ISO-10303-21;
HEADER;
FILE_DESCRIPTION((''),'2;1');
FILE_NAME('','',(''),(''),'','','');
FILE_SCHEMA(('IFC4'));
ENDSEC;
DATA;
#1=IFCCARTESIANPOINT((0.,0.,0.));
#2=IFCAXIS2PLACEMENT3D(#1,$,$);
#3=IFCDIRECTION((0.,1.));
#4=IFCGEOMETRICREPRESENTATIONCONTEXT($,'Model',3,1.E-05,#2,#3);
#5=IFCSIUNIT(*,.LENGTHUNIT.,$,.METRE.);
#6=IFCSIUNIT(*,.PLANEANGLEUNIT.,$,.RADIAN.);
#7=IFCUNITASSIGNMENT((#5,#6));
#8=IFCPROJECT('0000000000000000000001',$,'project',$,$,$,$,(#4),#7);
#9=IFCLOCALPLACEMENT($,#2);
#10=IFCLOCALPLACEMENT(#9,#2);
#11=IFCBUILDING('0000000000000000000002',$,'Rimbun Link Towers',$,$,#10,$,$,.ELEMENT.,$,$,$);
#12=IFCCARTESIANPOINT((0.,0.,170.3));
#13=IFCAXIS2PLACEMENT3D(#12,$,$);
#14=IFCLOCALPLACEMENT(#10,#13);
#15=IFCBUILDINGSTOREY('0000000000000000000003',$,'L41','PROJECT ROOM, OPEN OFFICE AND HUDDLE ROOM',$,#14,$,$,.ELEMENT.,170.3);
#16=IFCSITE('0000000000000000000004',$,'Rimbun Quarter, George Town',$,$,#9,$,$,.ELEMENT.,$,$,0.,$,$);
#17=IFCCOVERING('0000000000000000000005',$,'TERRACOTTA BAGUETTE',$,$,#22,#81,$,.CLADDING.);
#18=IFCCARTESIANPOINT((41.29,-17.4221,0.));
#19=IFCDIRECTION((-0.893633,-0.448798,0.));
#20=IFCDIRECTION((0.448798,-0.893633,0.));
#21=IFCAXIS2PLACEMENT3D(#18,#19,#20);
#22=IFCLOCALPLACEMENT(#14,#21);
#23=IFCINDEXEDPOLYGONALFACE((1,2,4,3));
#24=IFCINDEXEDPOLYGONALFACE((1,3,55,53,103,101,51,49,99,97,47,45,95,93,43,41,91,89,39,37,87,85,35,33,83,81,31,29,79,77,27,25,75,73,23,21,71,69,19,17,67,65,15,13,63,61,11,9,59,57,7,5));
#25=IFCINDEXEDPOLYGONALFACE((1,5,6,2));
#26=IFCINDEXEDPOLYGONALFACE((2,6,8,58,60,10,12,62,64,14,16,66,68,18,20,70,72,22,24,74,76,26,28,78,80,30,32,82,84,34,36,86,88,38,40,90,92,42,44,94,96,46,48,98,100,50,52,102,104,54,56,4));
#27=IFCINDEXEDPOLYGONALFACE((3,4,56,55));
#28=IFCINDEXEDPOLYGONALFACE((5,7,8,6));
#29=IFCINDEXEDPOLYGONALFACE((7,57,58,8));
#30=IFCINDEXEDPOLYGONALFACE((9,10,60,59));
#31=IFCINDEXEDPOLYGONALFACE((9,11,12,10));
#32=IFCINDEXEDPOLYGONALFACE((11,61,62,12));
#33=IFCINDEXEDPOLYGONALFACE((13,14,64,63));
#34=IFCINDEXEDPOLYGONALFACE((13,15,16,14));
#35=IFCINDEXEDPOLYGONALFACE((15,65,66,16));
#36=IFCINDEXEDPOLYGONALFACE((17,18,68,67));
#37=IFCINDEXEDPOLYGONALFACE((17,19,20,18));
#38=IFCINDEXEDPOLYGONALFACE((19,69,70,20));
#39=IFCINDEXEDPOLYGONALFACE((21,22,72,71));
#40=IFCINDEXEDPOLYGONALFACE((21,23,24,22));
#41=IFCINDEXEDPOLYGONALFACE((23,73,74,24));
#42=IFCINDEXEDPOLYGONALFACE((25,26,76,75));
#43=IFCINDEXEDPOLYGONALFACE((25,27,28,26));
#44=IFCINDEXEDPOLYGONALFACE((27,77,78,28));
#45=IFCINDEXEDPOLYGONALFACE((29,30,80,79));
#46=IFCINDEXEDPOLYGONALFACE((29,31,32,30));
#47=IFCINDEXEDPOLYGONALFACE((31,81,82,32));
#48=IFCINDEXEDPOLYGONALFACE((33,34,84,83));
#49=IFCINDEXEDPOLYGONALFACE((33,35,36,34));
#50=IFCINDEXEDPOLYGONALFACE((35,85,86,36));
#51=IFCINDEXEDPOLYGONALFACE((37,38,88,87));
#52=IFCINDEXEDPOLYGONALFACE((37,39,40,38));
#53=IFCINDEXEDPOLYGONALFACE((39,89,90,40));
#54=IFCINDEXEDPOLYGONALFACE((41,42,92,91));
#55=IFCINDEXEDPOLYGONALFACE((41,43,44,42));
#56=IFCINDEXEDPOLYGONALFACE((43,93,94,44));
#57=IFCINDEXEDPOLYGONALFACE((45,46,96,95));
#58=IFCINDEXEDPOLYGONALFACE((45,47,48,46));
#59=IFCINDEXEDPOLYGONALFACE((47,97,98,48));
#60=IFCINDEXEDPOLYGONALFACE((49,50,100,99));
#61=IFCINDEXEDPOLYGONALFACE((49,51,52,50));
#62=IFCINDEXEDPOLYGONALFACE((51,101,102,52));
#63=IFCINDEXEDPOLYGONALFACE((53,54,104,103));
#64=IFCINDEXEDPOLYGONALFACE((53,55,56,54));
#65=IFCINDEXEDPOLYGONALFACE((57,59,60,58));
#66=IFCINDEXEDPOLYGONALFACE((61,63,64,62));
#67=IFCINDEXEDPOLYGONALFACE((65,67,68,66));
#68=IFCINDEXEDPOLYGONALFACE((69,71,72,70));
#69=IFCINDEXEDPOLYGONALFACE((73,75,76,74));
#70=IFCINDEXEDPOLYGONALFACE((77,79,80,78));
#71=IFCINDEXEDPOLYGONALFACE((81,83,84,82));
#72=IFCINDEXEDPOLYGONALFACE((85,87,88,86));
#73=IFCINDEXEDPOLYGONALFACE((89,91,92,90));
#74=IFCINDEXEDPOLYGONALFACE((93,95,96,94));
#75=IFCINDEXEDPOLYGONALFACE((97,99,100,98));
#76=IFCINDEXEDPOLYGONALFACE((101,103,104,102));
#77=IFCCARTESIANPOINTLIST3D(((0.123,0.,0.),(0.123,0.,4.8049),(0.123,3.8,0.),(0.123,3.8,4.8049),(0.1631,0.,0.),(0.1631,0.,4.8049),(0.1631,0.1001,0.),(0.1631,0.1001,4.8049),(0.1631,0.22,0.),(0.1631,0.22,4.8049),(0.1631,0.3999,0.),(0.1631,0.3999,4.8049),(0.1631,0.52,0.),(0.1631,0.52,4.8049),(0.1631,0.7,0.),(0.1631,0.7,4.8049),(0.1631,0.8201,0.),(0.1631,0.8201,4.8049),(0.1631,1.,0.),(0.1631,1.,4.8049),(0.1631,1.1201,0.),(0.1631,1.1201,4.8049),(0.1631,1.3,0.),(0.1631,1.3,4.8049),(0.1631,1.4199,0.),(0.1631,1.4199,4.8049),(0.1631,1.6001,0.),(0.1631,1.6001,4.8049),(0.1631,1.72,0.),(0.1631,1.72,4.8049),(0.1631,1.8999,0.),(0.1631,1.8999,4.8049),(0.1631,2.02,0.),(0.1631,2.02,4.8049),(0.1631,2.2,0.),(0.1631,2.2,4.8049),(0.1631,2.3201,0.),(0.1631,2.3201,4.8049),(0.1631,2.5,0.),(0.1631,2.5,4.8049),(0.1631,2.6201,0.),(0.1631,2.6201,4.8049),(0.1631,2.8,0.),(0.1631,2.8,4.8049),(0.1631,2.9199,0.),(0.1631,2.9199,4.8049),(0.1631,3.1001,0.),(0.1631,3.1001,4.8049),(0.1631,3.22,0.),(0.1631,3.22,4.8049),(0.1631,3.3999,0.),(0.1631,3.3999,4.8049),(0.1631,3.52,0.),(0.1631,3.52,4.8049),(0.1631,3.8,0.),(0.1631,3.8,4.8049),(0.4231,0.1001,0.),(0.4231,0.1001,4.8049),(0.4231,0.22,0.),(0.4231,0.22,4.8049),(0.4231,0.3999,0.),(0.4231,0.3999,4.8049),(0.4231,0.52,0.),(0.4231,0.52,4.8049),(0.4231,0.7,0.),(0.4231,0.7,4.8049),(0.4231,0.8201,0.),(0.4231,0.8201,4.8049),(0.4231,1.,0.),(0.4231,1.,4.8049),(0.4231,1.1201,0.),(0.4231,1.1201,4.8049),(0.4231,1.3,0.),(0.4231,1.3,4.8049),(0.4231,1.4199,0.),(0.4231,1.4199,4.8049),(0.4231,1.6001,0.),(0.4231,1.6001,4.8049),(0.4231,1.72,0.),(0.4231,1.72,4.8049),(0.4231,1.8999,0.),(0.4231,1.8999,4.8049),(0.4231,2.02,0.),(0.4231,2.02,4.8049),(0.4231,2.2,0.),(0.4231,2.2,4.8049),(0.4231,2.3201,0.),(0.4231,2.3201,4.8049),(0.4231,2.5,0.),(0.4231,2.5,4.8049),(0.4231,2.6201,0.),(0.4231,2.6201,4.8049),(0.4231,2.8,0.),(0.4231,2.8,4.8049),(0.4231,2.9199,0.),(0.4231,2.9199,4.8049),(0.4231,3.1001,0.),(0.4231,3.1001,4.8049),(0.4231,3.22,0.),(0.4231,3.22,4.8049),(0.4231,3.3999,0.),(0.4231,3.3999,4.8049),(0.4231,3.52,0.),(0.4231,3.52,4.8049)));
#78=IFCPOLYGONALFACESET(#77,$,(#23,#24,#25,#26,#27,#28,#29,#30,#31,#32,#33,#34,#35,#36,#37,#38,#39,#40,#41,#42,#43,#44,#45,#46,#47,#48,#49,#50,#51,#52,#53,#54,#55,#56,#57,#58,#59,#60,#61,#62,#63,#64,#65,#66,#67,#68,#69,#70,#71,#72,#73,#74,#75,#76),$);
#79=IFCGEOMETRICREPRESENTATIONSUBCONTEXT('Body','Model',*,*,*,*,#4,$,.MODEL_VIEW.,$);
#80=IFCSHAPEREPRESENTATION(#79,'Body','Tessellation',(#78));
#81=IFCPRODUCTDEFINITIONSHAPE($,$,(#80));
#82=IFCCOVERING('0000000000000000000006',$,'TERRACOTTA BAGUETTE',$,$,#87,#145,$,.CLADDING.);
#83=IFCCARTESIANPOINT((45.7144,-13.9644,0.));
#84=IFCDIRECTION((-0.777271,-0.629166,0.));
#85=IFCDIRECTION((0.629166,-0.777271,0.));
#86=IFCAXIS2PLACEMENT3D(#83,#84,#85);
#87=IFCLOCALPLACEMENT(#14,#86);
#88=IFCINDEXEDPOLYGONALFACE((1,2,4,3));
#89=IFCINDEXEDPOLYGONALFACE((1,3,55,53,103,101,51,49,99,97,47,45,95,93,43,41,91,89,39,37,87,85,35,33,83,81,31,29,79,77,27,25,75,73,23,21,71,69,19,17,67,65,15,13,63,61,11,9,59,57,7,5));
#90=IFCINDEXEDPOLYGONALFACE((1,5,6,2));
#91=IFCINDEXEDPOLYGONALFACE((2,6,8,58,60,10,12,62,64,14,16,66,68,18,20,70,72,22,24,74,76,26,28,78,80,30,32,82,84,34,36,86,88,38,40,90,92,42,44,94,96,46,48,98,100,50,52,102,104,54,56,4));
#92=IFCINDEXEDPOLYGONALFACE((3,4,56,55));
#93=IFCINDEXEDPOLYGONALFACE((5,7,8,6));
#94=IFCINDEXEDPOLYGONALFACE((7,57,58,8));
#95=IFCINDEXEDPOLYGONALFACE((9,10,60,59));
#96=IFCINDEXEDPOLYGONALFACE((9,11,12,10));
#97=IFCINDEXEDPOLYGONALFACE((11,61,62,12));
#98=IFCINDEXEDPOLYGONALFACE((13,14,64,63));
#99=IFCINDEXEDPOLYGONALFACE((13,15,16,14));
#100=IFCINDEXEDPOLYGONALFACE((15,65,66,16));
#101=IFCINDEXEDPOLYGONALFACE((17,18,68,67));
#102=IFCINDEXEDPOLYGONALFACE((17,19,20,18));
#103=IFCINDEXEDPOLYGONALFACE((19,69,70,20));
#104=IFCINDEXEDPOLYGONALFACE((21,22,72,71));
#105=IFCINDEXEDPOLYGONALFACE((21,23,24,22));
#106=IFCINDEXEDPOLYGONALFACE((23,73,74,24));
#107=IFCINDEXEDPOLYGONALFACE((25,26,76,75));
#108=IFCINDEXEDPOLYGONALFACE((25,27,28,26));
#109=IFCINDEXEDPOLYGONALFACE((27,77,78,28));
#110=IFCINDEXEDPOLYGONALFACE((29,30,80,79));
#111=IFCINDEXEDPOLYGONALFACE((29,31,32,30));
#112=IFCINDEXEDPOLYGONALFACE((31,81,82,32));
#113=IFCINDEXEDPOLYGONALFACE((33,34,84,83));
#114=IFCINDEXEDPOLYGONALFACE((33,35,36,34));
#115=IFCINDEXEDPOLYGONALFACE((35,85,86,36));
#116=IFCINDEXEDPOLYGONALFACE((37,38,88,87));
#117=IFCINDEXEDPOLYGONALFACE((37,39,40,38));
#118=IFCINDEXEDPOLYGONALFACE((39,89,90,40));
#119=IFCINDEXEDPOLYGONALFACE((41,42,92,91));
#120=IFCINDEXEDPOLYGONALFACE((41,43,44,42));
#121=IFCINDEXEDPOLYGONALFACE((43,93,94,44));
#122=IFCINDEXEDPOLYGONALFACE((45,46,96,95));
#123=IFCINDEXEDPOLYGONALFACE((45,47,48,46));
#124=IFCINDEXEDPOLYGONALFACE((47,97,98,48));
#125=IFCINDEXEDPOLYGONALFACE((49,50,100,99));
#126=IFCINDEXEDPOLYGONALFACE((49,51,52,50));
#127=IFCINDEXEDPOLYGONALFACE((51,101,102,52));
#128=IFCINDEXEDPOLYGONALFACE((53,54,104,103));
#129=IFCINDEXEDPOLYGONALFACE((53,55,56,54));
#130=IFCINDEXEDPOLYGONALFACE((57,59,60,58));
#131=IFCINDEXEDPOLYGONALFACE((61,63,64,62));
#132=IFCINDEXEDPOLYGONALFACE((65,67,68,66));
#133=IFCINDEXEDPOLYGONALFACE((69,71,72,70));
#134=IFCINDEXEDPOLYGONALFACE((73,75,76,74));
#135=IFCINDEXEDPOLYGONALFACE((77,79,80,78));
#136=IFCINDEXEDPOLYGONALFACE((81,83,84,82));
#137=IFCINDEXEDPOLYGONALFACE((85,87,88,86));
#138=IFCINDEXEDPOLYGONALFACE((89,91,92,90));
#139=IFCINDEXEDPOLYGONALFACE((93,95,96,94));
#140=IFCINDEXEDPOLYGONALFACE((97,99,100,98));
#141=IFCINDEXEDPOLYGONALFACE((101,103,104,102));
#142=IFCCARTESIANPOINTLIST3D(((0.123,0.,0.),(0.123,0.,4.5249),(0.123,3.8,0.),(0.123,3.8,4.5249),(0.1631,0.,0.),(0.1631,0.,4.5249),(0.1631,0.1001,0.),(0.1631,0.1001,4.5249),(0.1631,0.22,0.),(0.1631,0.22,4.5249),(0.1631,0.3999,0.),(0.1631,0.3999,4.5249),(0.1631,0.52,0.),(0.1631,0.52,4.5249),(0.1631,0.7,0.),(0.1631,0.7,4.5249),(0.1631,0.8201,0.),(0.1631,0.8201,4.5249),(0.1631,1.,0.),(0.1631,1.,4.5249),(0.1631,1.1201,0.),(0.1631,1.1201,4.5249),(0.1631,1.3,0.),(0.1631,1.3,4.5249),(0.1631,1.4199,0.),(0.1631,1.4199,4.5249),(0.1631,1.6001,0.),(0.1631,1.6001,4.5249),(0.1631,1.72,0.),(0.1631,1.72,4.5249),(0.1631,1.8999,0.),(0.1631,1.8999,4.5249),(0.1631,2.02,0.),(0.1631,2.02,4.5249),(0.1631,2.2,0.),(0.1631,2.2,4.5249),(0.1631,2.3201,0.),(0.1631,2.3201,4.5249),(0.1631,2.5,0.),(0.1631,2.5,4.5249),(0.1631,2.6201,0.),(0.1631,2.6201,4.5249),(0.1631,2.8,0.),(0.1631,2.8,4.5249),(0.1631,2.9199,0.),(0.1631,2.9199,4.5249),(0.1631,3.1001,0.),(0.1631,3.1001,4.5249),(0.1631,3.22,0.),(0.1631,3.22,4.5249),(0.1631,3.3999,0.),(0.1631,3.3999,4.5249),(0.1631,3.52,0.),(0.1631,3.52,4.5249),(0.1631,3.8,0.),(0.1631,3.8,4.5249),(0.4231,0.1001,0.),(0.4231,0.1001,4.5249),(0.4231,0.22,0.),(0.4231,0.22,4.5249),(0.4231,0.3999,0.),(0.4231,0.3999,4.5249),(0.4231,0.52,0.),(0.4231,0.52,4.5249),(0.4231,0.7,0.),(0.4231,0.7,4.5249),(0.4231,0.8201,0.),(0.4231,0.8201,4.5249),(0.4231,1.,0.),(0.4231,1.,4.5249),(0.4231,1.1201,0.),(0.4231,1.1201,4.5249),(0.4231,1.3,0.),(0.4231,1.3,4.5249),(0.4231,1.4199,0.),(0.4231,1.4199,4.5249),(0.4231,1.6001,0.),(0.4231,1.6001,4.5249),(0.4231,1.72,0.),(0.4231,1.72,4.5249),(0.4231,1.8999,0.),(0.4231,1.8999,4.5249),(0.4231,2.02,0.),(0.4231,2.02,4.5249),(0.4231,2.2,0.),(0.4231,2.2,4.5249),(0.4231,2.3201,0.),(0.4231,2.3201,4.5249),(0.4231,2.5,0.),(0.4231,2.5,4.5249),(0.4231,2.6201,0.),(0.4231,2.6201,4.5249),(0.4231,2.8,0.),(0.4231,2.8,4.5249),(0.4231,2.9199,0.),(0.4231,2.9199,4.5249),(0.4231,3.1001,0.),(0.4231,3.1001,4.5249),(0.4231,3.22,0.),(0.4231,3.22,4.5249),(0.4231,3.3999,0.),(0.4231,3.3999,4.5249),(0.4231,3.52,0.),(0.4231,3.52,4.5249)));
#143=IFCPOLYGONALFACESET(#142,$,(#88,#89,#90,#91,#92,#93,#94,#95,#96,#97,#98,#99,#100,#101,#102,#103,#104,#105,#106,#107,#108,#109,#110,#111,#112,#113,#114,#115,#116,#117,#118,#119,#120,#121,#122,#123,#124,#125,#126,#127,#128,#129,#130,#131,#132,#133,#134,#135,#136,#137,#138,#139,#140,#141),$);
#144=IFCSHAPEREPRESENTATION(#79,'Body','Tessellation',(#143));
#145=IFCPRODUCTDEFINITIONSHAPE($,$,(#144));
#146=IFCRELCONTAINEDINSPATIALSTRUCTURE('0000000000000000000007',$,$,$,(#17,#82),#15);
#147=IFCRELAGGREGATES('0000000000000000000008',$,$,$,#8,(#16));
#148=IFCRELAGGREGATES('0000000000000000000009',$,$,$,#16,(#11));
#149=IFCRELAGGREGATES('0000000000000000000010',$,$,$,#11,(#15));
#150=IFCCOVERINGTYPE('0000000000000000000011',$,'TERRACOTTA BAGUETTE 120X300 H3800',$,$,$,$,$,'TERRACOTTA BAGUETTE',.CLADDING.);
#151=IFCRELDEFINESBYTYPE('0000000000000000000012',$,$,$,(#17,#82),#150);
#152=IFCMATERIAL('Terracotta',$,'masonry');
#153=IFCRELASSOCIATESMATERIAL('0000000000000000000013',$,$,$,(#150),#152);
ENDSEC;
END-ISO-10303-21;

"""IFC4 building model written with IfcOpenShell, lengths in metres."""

from ifc_helpers import new_model, si_unit, direction, frame, origin, place, context, subcontext, project, spatial, polyline, outline, extrude, material, material_profile, profile_set, type_object, element, save


model = new_model("IFC4")

# Units and contexts
model_context = context("Model", 3, precision=1e-05, world=origin(), true_north=direction((0.0, 1.0)))
body_context = subcontext(model_context, "Body", "Model", "MODEL_VIEW")
ifc_project = project(units=[si_unit("LENGTHUNIT", "METRE"), si_unit("PLANEANGLEUNIT", "RADIAN")], contexts=[model_context])

# Site, building, storey
site_placement = place(None, origin())
site = spatial("IfcSite", under=ifc_project, at=site_placement, Name="Rimbun Quarter, George Town", CompositionType="ELEMENT", RefElevation=0.0)
building_placement = place(site_placement, origin())
building = spatial("IfcBuilding", under=site, at=building_placement, Name="Rimbun Link Towers", CompositionType="ELEMENT")
storey_placement = place(building_placement, frame((0.0, 0.0, 170.3)))
storey = spatial("IfcBuildingStorey", under=building, at=storey_placement, Name="L41", Description="PROJECT ROOM, OPEN OFFICE AND HUDDLE ROOM", CompositionType="ELEMENT", Elevation=170.3)

# Coverings
ifc_material_1 = material(Name="Terracotta", Category="masonry")
ifc_material_profile_1 = material_profile(ifc_material_1, outline(polyline([(0.123, 0.0), (0.1631, 0.0), (0.1631, 0.1001), (0.4231, 0.1001), (0.4231, 0.22), (0.1631, 0.22), (0.1631, 0.3999), (0.4231, 0.3999), (0.4231, 0.52), (0.1631, 0.52), (0.1631, 0.7), (0.4231, 0.7), (0.4231, 0.8201), (0.1631, 0.8201), (0.1631, 1.0), (0.4231, 1.0), (0.4231, 1.1201), (0.1631, 1.1201), (0.1631, 1.3), (0.4231, 1.3), (0.4231, 1.4199), (0.1631, 1.4199), (0.1631, 1.6001), (0.4231, 1.6001), (0.4231, 1.72), (0.1631, 1.72), (0.1631, 1.8999), (0.4231, 1.8999), (0.4231, 2.02), (0.1631, 2.02), (0.1631, 2.2), (0.4231, 2.2), (0.4231, 2.3201), (0.1631, 2.3201), (0.1631, 2.5), (0.4231, 2.5), (0.4231, 2.6201), (0.1631, 2.6201), (0.1631, 2.8), (0.4231, 2.8), (0.4231, 2.9199), (0.1631, 2.9199), (0.1631, 3.1001), (0.4231, 3.1001), (0.4231, 3.22), (0.1631, 3.22), (0.1631, 3.3999), (0.4231, 3.3999), (0.4231, 3.52), (0.1631, 3.52), (0.1631, 3.8), (0.123, 3.8), (0.123, 0.0)])), Name="BAGUETTE 120X300")
ifc_profile_set_1 = profile_set([ifc_material_profile_1], Name="Terracotta")
covering_type = type_object("IfcCoveringType", Name="TERRACOTTA BAGUETTE 120X300 H3800", ElementType="TERRACOTTA BAGUETTE", PredefinedType="CLADDING", material=ifc_profile_set_1)
covering_1_placement = place(storey_placement, frame((41.29, -17.4221, 0.0), z_axis=(-0.893633, -0.448798, 0.0), x_axis=(0.448798, -0.893633, 0.0)))
element("IfcCovering", 1, at=covering_1_placement, inside=storey, type_object=covering_type, Name="TERRACOTTA BAGUETTE", PredefinedType="CLADDING", context=body_context, shape_type="SweptSolid", body=[
    extrude(outline(polyline([(0.123, 0.0), (0.1631, 0.0), (0.1631, 0.1001), (0.4231, 0.1001), (0.4231, 0.22), (0.1631, 0.22), (0.1631, 0.3999), (0.4231, 0.3999), (0.4231, 0.52), (0.1631, 0.52), (0.1631, 0.7), (0.4231, 0.7), (0.4231, 0.8201), (0.1631, 0.8201), (0.1631, 1.0), (0.4231, 1.0), (0.4231, 1.1201), (0.1631, 1.1201), (0.1631, 1.3), (0.4231, 1.3), (0.4231, 1.4199), (0.1631, 1.4199), (0.1631, 1.6001), (0.4231, 1.6001), (0.4231, 1.72), (0.1631, 1.72), (0.1631, 1.8999), (0.4231, 1.8999), (0.4231, 2.02), (0.1631, 2.02), (0.1631, 2.2), (0.4231, 2.2), (0.4231, 2.3201), (0.1631, 2.3201), (0.1631, 2.5), (0.4231, 2.5), (0.4231, 2.6201), (0.1631, 2.6201), (0.1631, 2.8), (0.4231, 2.8), (0.4231, 2.9199), (0.1631, 2.9199), (0.1631, 3.1001), (0.4231, 3.1001), (0.4231, 3.22), (0.1631, 3.22), (0.1631, 3.3999), (0.4231, 3.3999), (0.4231, 3.52), (0.1631, 3.52), (0.1631, 3.8), (0.123, 3.8), (0.123, 0.0)])), origin(), (0.0, 0.0, 1.0), 4.8049),
])
covering_2_placement = place(storey_placement, frame((45.7144, -13.9644, 0.0), z_axis=(-0.777271, -0.629166, 0.0), x_axis=(0.629166, -0.777271, 0.0)))
element("IfcCovering", 2, at=covering_2_placement, inside=storey, type_object=covering_type, Name="TERRACOTTA BAGUETTE", PredefinedType="CLADDING", context=body_context, shape_type="SweptSolid", body=[
    extrude(outline(polyline([(0.123, 0.0), (0.1631, 0.0), (0.1631, 0.1001), (0.4231, 0.1001), (0.4231, 0.22), (0.1631, 0.22), (0.1631, 0.3999), (0.4231, 0.3999), (0.4231, 0.52), (0.1631, 0.52), (0.1631, 0.7), (0.4231, 0.7), (0.4231, 0.8201), (0.1631, 0.8201), (0.1631, 1.0), (0.4231, 1.0), (0.4231, 1.1201), (0.1631, 1.1201), (0.1631, 1.3), (0.4231, 1.3), (0.4231, 1.4199), (0.1631, 1.4199), (0.1631, 1.6001), (0.4231, 1.6001), (0.4231, 1.72), (0.1631, 1.72), (0.1631, 1.8999), (0.4231, 1.8999), (0.4231, 2.02), (0.1631, 2.02), (0.1631, 2.2), (0.4231, 2.2), (0.4231, 2.3201), (0.1631, 2.3201), (0.1631, 2.5), (0.4231, 2.5), (0.4231, 2.6201), (0.1631, 2.6201), (0.1631, 2.8), (0.4231, 2.8), (0.4231, 2.9199), (0.1631, 2.9199), (0.1631, 3.1001), (0.4231, 3.1001), (0.4231, 3.22), (0.1631, 3.22), (0.1631, 3.3999), (0.4231, 3.3999), (0.4231, 3.52), (0.1631, 3.52), (0.1631, 3.8), (0.123, 3.8), (0.123, 0.0)])), origin(), (0.0, 0.0, 1.0), 4.5249),
])

save(model, "model.ifc")
